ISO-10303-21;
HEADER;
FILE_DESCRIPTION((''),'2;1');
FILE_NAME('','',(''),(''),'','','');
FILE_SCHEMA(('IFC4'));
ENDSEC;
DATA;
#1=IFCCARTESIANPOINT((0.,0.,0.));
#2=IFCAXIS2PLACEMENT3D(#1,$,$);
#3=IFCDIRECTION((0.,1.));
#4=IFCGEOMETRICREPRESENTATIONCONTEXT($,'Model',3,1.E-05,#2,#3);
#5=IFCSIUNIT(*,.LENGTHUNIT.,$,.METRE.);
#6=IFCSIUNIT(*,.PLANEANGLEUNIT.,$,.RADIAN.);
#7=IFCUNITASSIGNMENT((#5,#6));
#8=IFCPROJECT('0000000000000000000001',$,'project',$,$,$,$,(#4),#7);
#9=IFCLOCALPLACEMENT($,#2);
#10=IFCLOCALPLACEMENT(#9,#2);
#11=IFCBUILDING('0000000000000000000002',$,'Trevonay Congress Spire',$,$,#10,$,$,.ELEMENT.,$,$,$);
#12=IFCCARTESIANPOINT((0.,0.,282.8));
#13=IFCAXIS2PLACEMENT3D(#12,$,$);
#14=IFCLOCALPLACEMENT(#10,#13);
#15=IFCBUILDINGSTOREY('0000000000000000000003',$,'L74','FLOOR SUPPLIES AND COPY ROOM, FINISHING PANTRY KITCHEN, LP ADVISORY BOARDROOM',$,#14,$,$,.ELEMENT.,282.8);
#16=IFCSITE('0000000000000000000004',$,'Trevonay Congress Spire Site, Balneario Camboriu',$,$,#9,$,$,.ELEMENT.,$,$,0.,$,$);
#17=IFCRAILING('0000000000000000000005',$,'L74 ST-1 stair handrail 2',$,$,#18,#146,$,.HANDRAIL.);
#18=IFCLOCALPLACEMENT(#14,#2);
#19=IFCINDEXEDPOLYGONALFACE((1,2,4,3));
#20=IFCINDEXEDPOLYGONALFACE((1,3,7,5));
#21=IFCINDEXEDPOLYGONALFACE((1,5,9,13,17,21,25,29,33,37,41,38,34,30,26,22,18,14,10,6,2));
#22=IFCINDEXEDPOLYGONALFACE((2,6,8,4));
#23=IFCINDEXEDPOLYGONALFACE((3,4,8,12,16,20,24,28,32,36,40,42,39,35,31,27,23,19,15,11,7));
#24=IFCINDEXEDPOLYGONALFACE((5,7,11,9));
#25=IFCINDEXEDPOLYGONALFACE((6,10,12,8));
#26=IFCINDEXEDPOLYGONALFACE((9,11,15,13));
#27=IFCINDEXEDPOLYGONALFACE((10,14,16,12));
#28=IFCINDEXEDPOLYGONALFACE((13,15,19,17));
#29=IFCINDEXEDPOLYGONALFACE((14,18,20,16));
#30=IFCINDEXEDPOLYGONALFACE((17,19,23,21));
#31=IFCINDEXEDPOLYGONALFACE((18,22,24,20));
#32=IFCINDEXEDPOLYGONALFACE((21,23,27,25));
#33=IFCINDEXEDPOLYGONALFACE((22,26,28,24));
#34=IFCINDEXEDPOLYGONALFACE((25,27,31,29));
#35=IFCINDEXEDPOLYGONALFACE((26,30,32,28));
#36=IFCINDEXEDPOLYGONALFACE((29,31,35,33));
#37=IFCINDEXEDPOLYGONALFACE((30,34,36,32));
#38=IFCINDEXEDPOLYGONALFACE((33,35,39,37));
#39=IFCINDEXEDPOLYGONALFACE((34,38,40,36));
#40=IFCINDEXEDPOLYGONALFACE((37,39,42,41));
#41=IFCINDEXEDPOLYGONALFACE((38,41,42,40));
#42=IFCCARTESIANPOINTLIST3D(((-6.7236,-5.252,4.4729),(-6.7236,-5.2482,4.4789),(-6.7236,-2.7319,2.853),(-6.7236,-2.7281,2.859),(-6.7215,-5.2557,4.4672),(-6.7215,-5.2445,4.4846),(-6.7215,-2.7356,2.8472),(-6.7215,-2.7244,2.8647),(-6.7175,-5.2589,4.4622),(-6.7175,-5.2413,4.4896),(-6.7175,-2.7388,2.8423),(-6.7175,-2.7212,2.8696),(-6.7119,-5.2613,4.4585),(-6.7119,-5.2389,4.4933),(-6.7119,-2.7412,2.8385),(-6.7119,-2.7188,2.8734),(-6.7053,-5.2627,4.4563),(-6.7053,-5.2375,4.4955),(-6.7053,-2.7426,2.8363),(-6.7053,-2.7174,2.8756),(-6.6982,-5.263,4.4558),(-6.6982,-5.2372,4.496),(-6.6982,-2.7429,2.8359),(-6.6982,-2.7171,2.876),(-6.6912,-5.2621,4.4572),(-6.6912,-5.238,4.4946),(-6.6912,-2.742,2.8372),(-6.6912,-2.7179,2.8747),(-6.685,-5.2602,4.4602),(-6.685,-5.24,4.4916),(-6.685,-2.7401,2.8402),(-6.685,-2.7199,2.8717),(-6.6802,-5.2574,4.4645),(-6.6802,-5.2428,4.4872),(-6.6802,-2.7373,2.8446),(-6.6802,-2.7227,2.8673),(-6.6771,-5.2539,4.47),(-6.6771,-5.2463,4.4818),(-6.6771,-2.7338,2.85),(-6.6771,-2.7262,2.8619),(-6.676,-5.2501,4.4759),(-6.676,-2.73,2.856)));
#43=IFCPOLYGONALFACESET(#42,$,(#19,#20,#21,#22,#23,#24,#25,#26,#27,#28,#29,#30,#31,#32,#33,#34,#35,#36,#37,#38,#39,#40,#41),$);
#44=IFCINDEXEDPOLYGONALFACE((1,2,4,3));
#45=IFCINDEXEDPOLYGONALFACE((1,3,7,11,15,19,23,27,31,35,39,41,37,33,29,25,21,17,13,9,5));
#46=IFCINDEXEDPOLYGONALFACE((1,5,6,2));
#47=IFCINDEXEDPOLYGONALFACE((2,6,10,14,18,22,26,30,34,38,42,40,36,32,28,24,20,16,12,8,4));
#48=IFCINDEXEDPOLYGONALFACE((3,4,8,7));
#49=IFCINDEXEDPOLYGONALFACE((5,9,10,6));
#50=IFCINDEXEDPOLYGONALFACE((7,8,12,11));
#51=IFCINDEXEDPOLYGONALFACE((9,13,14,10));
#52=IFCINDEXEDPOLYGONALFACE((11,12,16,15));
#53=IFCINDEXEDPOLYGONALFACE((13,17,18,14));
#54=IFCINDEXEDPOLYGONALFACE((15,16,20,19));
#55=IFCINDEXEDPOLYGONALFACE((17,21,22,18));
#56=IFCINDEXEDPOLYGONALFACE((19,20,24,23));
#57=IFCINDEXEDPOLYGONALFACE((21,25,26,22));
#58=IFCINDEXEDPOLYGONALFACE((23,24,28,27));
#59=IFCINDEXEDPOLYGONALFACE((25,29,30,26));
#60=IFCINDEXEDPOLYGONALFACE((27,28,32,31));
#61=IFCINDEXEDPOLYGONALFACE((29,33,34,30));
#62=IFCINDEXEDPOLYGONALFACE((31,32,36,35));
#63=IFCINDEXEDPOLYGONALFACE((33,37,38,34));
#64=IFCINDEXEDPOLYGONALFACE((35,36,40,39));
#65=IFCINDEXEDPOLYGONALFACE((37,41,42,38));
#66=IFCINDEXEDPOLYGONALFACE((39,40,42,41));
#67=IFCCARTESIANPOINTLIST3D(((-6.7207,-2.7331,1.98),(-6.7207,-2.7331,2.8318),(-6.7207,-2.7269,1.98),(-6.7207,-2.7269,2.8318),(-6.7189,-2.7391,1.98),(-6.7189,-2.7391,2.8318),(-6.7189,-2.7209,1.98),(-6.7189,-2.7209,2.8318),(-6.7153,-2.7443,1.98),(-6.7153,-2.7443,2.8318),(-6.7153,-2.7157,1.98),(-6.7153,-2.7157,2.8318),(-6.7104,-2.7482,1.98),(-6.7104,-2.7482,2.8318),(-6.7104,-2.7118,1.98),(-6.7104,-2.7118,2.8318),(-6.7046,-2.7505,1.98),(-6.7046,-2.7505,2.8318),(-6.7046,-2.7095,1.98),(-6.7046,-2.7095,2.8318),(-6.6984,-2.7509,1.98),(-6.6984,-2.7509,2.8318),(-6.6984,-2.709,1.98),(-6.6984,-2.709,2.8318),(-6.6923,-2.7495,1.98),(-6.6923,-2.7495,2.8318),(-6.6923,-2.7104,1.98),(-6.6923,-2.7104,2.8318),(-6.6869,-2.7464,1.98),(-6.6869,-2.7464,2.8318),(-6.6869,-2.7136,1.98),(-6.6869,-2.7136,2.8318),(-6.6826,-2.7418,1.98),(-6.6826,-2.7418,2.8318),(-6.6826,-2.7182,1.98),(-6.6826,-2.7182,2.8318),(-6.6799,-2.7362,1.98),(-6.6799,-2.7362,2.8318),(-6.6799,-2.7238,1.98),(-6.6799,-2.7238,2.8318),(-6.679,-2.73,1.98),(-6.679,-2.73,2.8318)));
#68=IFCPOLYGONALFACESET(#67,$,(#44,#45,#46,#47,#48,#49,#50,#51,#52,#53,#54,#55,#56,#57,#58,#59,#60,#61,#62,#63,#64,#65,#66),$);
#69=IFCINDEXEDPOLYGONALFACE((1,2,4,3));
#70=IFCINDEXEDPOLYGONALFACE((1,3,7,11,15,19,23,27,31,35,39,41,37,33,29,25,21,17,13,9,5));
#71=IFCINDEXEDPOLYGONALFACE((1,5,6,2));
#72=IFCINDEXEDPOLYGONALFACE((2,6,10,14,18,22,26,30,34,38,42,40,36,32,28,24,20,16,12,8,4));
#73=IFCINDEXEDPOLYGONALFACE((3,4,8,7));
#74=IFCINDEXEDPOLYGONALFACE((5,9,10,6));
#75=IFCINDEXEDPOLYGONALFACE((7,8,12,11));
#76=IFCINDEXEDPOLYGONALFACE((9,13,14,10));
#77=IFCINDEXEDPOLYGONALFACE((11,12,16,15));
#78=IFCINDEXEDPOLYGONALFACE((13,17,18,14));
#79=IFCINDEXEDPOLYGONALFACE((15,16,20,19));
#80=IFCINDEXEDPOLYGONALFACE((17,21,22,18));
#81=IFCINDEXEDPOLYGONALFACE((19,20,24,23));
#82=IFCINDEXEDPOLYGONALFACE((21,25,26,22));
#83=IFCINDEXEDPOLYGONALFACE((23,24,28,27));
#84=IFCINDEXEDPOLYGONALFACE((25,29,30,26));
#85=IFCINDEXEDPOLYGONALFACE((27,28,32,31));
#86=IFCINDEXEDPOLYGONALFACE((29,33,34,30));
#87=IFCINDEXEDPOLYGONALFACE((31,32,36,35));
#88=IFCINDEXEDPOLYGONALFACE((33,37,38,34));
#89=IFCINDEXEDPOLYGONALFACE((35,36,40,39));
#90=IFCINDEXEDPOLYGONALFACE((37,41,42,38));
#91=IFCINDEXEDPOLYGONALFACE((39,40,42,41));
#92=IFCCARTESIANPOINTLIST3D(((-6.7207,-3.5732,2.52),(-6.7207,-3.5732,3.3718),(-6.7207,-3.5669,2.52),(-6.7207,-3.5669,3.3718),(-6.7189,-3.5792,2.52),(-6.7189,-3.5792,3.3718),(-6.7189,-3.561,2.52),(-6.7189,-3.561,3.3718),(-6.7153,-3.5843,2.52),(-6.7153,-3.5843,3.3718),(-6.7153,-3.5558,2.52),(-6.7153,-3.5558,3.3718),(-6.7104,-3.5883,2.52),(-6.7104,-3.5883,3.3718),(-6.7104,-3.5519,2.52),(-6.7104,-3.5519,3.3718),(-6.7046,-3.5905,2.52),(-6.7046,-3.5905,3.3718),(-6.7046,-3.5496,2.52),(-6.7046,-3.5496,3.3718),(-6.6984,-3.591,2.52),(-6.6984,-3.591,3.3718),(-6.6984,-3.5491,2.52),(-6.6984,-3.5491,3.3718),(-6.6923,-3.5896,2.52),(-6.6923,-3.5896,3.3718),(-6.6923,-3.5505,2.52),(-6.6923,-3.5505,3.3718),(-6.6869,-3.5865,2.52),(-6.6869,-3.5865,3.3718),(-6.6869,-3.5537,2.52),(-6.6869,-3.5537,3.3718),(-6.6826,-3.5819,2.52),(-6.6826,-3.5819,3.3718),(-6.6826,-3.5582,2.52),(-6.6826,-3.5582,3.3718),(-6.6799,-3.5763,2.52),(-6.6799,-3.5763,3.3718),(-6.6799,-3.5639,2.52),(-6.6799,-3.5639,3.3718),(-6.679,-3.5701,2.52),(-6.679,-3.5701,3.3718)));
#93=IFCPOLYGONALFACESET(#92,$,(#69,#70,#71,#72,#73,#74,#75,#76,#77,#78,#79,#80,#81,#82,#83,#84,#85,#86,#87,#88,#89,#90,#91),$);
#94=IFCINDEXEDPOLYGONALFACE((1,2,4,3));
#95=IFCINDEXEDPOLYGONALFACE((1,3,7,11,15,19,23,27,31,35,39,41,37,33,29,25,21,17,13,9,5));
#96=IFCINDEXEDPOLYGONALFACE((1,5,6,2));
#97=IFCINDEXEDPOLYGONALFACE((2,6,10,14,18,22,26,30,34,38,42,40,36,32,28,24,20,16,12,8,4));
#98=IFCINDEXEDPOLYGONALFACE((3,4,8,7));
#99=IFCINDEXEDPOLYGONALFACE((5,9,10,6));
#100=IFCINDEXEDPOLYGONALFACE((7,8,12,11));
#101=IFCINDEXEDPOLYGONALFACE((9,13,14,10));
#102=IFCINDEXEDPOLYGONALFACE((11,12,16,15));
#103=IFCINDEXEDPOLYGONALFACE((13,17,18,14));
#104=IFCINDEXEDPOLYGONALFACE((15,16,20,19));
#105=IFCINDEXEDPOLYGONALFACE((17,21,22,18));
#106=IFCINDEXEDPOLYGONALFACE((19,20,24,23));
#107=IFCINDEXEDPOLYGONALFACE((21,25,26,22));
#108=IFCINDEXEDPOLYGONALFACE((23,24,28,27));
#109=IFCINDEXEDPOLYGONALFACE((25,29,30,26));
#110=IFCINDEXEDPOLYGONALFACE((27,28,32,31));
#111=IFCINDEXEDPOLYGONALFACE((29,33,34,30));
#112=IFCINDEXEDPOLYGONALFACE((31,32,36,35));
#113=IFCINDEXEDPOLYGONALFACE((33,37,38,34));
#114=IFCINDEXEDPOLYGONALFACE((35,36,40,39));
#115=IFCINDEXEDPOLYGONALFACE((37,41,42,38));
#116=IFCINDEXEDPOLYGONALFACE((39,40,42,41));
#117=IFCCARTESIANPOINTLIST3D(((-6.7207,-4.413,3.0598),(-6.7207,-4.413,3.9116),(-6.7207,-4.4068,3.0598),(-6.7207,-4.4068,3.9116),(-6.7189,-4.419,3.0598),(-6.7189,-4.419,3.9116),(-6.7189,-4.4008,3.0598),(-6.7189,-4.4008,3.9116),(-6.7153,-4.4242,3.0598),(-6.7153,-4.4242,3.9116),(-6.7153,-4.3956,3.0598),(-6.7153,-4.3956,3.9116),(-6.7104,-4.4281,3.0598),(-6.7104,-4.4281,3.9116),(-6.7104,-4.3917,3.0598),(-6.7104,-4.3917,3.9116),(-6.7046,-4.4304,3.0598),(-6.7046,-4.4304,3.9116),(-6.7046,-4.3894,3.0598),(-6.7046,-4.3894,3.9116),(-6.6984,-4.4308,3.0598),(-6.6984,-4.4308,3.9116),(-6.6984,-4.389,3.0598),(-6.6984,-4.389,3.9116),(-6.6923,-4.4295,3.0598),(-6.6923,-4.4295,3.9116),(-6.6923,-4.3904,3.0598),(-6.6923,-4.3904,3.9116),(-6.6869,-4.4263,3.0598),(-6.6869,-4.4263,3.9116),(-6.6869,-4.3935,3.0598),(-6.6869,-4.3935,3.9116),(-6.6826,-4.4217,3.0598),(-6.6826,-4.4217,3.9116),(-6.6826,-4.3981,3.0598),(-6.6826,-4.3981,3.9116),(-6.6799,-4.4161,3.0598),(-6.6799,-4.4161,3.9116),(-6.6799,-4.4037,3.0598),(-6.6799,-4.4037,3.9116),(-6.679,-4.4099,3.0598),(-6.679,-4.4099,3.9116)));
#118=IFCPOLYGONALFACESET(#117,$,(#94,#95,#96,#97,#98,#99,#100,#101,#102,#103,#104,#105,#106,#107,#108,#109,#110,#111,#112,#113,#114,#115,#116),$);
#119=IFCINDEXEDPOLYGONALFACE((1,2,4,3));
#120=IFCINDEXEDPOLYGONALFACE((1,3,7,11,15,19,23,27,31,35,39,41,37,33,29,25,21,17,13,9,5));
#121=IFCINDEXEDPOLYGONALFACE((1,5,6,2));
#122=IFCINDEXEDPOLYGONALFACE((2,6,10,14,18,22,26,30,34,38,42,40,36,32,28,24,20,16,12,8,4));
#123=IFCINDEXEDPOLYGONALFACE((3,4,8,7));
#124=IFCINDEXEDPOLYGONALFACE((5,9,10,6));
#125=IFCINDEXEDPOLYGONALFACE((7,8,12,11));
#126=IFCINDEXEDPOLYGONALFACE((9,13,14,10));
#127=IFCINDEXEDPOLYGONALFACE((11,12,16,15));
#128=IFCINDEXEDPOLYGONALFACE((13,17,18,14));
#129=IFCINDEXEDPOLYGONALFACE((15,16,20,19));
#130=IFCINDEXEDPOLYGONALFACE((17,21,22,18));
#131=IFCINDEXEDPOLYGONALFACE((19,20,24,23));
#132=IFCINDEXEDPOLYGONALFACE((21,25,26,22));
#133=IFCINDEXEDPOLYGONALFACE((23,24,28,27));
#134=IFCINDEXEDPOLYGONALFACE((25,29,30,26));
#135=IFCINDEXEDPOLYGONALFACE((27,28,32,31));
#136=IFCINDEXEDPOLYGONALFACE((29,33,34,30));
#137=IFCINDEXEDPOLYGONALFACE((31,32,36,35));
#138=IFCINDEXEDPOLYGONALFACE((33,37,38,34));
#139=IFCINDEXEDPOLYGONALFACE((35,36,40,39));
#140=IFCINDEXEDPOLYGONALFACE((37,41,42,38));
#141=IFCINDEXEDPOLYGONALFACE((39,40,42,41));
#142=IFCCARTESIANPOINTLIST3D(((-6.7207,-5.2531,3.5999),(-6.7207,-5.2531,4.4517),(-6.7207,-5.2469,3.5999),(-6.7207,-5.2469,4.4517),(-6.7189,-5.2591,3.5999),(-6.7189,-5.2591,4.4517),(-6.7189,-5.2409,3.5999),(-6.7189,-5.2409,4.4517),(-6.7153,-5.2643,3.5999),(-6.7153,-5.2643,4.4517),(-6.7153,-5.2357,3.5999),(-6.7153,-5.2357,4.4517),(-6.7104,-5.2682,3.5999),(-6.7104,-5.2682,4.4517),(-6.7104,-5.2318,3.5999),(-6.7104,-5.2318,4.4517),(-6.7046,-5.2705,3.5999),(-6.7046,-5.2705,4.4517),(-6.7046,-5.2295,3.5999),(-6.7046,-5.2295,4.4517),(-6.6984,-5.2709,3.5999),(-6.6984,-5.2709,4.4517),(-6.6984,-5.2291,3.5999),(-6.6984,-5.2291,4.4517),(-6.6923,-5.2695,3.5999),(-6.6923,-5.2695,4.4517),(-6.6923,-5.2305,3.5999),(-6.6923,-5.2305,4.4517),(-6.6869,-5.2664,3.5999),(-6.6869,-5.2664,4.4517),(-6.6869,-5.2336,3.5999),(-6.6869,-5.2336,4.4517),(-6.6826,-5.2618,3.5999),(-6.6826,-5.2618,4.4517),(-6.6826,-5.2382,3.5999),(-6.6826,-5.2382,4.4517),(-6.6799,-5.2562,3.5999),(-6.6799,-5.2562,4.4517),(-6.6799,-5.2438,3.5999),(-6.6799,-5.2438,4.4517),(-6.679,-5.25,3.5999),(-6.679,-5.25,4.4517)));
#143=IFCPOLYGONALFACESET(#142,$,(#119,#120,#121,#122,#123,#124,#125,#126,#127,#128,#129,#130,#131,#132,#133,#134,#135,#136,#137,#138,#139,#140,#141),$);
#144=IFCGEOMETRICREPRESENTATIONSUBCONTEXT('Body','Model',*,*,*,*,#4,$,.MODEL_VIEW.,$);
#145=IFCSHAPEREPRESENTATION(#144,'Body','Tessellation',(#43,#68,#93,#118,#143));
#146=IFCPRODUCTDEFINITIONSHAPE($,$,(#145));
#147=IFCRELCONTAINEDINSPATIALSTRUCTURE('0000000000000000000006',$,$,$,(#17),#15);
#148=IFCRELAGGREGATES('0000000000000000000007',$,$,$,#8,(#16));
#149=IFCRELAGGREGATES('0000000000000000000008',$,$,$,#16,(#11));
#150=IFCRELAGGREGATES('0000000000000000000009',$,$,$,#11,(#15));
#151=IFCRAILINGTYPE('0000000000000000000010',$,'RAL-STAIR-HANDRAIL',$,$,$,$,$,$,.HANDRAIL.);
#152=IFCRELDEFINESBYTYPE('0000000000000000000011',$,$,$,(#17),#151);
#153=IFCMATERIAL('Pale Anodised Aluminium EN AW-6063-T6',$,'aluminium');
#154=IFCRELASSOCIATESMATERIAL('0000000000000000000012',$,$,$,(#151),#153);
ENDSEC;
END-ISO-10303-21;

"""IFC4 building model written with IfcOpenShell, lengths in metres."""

from ifc_helpers import new_model, si_unit, direction, frame, origin, origin_2d, place, context, subcontext, project, spatial, circle, extrude, material, type_object, element, save


model = new_model("IFC4")

# Units and contexts
model_context = context("Model", 3, precision=1e-05, world=origin(), true_north=direction((0.0, 1.0)))
body_context = subcontext(model_context, "Body", "Model", "MODEL_VIEW")
ifc_project = project(units=[si_unit("LENGTHUNIT", "METRE"), si_unit("PLANEANGLEUNIT", "RADIAN")], contexts=[model_context])

# Site, building, storey
site_placement = place(None, origin())
site = spatial("IfcSite", under=ifc_project, at=site_placement, Name="Trevonay Congress Spire Site, Balneario Camboriu", CompositionType="ELEMENT", RefElevation=0.0)
building_placement = place(site_placement, origin())
building = spatial("IfcBuilding", under=site, at=building_placement, Name="Trevonay Congress Spire", CompositionType="ELEMENT")
storey_placement = place(building_placement, frame((0.0, 0.0, 282.8)))
storey = spatial("IfcBuildingStorey", under=building, at=storey_placement, Name="L74", Description="FLOOR SUPPLIES AND COPY ROOM, FINISHING PANTRY KITCHEN, LP ADVISORY BOARDROOM", CompositionType="ELEMENT", Elevation=282.8)

# Shared definitions
ifc_material_1 = material(Name="Pale Anodised Aluminium EN AW-6063-T6", Category="aluminium")

# Railing
railing_type_1 = type_object("IfcRailingType", Name="RAL-STAIR-HANDRAIL", PredefinedType="HANDRAIL", material=ifc_material_1)
railing_1_placement = place(storey_placement, frame((-6.7, -2.73, 1.98)))
element("IfcRailing", 1, at=railing_1_placement, inside=storey, type_object=railing_type_1, Name="L74 ST-1 stair handrail 2", PredefinedType="HANDRAIL", context=body_context, shape_type="SweptSolid", body=[
    extrude(circle(Radius=0.0239, at=origin_2d()), frame((0.0, 0.0, 0.876), z_axis=(0.0, -0.8412, 0.540725), x_axis=(1.0, 0.0, 0.0)), (0.0, 0.0, 1.0), 2.9958),
    extrude(circle(Radius=0.021, at=origin_2d()), origin(), (0.0, 0.0, 1.0), 0.8518),
    extrude(circle(Radius=0.021, at=origin_2d()), frame((0.0, -0.8401, 0.54)), (0.0, 0.0, 1.0), 0.8518),
    extrude(circle(Radius=0.021, at=origin_2d()), frame((0.0, -1.6799, 1.0798)), (0.0, 0.0, 1.0), 0.8518),
    extrude(circle(Radius=0.021, at=origin_2d()), frame((0.0, -2.52, 1.6199)), (0.0, 0.0, 1.0), 0.8518),
])

save(model, "model.ifc")
